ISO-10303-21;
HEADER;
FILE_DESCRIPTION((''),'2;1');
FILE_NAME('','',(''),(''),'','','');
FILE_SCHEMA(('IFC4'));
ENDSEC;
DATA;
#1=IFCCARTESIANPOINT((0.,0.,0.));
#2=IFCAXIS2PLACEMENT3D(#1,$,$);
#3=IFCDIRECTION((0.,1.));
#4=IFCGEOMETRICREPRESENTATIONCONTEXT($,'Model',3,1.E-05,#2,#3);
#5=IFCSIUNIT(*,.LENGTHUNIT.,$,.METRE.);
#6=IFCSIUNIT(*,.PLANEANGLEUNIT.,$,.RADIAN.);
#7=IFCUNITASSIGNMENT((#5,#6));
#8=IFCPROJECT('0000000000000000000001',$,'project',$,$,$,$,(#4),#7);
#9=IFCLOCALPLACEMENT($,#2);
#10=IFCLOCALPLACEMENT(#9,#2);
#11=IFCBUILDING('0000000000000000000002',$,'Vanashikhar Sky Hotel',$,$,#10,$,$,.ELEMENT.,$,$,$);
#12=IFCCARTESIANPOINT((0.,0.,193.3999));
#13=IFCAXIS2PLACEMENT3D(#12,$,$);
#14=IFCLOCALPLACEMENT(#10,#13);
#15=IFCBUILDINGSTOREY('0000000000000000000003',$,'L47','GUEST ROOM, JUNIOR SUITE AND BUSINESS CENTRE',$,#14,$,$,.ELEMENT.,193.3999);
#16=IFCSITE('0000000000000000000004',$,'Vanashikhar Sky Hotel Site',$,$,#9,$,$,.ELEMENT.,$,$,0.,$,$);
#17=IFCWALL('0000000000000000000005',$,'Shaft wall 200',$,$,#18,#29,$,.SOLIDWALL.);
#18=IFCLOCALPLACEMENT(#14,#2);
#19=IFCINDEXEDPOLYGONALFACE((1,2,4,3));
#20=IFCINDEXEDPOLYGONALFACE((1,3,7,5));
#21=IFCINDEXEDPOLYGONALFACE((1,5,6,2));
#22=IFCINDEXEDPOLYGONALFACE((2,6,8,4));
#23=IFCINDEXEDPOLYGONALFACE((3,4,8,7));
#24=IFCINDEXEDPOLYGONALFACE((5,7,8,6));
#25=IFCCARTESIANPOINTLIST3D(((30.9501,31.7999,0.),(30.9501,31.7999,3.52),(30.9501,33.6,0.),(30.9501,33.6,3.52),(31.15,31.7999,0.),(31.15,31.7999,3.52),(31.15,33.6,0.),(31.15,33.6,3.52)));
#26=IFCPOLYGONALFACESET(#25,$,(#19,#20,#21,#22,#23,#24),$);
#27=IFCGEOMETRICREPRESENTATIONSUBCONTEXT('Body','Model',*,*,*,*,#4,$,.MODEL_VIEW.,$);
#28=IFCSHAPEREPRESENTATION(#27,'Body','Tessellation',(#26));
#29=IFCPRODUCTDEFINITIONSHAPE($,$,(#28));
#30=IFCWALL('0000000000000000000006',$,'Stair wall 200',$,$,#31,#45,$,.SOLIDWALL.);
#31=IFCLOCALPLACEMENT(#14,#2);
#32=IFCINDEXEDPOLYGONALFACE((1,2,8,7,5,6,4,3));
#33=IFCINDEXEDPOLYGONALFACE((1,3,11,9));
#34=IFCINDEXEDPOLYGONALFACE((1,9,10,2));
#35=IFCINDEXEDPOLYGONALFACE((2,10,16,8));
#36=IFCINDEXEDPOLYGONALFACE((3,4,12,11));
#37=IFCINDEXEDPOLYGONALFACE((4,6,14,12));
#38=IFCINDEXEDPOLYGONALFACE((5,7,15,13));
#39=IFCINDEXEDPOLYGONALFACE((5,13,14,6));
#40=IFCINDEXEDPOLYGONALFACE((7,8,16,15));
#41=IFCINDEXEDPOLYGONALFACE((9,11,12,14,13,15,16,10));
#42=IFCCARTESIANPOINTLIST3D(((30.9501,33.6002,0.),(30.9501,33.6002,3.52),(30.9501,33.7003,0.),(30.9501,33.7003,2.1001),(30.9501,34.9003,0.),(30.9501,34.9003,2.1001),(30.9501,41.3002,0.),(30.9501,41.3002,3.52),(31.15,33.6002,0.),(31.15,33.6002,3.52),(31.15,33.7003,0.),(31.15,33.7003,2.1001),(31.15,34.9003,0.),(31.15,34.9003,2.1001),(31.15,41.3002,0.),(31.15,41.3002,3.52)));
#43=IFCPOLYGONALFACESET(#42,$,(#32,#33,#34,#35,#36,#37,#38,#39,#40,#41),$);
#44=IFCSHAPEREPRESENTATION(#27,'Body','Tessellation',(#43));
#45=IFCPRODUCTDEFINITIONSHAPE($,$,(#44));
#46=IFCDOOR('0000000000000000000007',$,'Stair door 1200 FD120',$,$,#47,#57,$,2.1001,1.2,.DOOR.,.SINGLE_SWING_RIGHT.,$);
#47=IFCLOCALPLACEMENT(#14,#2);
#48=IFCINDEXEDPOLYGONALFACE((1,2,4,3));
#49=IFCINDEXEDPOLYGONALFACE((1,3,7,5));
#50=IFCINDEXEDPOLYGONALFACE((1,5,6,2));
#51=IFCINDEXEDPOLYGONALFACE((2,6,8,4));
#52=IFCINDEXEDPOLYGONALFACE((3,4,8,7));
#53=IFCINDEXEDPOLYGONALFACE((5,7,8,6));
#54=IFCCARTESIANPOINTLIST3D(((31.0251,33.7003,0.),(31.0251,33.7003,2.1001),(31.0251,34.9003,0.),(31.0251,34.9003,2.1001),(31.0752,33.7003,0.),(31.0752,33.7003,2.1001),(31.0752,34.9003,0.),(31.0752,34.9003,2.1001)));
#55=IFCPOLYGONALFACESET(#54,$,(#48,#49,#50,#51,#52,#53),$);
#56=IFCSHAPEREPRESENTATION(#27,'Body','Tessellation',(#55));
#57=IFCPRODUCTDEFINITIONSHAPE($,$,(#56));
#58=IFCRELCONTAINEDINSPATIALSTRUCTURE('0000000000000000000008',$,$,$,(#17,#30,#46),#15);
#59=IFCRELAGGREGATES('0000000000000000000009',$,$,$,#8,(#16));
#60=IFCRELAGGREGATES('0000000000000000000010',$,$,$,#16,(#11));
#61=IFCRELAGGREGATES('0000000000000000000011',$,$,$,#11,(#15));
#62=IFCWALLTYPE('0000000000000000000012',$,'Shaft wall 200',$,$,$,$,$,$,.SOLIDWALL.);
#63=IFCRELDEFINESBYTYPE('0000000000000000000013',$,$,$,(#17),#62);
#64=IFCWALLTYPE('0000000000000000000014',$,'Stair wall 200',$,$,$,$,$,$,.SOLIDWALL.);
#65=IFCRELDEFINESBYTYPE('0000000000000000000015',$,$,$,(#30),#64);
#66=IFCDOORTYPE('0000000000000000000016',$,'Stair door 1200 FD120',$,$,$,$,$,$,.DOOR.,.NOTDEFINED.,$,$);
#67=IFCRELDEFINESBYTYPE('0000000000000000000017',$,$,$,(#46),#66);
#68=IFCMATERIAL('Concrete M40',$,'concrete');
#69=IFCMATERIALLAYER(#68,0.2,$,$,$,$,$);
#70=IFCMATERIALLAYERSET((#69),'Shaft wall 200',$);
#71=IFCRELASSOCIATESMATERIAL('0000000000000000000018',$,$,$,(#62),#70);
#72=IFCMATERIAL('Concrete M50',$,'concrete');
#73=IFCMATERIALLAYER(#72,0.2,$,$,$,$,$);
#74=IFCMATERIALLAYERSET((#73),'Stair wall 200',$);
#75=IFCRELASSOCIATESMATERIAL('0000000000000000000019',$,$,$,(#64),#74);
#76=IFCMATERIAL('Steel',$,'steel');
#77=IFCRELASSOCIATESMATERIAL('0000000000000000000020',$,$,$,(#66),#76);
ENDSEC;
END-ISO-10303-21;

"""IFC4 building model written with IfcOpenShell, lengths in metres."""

from ifc_helpers import new_model, si_unit, direction, frame, frame_2d, origin, place, context, subcontext, project, spatial, rectangle, extrude, source, transform, mapped, material, layer, layer_set, type_object, element, fill, save


model = new_model("IFC4")

# Units and contexts
model_context = context("Model", 3, precision=1e-05, world=origin(), true_north=direction((0.0, 1.0)))
body_context = subcontext(model_context, "Body", "Model", "MODEL_VIEW")
ifc_project = project(units=[si_unit("LENGTHUNIT", "METRE"), si_unit("PLANEANGLEUNIT", "RADIAN")], contexts=[model_context])

# Site, building, storey
site_placement = place(None, origin())
site = spatial("IfcSite", under=ifc_project, at=site_placement, Name="Vanashikhar Sky Hotel Site", CompositionType="ELEMENT", RefElevation=0.0)
building_placement = place(site_placement, origin())
building = spatial("IfcBuilding", under=site, at=building_placement, Name="Vanashikhar Sky Hotel", CompositionType="ELEMENT")
storey_placement = place(building_placement, frame((0.0, 0.0, 193.3999)))
storey = spatial("IfcBuildingStorey", under=building, at=storey_placement, Name="L47", Description="GUEST ROOM, JUNIOR SUITE AND BUSINESS CENTRE", CompositionType="ELEMENT", Elevation=193.3999)

# Shared definitions
ifc_material_1 = material(Name="Steel", Category="steel")

# Shared definitions
ifc_material_2 = material(Name="Concrete M40", Category="concrete")
ifc_layer_1 = layer(ifc_material_2, 0.2)
ifc_layer_set_1 = layer_set([ifc_layer_1], Name="Shaft wall 200")
wall_type_1 = type_object("IfcWallType", Name="Shaft wall 200", PredefinedType="SOLIDWALL", material=ifc_layer_set_1)

# Wall
shared_shape_1 = source(origin(), body_context, "Body", "SweptSolid", [
    extrude(rectangle(XDim=1.8, YDim=0.2, at=frame_2d((0.8999, 0.0))), origin(), (0.0, 0.0, 1.0), 3.52),
])
wall_1_placement = place(storey_placement, frame((31.05, 31.8, 0.0), z_axis=(0.0, 0.0, 1.0), x_axis=(0.0, 1.0, 0.0)))
element("IfcWall", 1, at=wall_1_placement, inside=storey, type_object=wall_type_1, Name="Shaft wall 200", PredefinedType="SOLIDWALL", context=body_context, shape_type="MappedRepresentation", body=[
    mapped(shared_shape_1, transform((0.0, 0.0, 0.0), scale=1.0)),
])

# Wall, opening, door
ifc_material_3 = material(Name="Concrete M50", Category="concrete")
ifc_layer_2 = layer(ifc_material_3, 0.2)
ifc_layer_set_2 = layer_set([ifc_layer_2], Name="Stair wall 200")
wall_type_2 = type_object("IfcWallType", Name="Stair wall 200", PredefinedType="SOLIDWALL", material=ifc_layer_set_2)
shared_shape_2 = source(origin(), body_context, "Body", "SweptSolid", [
    extrude(rectangle(XDim=7.7, YDim=0.2, at=frame_2d((3.8501, 0.0))), origin(), (0.0, 0.0, 1.0), 3.52),
])
wall_2_placement = place(storey_placement, frame((31.05, 33.6001, 0.0), z_axis=(0.0, 0.0, 1.0), x_axis=(0.0, 1.0, 0.0)))
wall_2 = element("IfcWall", 2, at=wall_2_placement, inside=storey, type_object=wall_type_2, Name="Stair wall 200", PredefinedType="SOLIDWALL", context=body_context, shape_type="MappedRepresentation", body=[
    mapped(shared_shape_2, transform((0.0, 0.0, 0.0), scale=1.0)),
])
shared_shape_3 = source(origin(), body_context, "Body", "SweptSolid", [
    extrude(rectangle(XDim=1.2, YDim=2.1001, at=frame_2d((0.6001, 1.05))), frame((0.0, 0.1099, 0.0), z_axis=(0.0, -1.0, 0.0), x_axis=(1.0, 0.0, 0.0)), (0.0, 0.0, 1.0), 0.22),
])
opening_1_placement = place(wall_2_placement, frame((0.1001, 0.0, 0.0)))
opening_1 = element("IfcOpeningElement", 3, at=opening_1_placement, cuts=wall_2, PredefinedType="OPENING", context=body_context, shape_type="MappedRepresentation", body=[
    mapped(shared_shape_3, transform((0.0, 0.0, 0.0), scale=1.0)),
])
door_type_1 = type_object("IfcDoorType", Name="Stair door 1200 FD120", OperationType="NOTDEFINED", PredefinedType="DOOR", material=ifc_material_1)
shared_shape_4 = source(origin(), body_context, "Body", "SweptSolid", [
    extrude(rectangle(XDim=1.2, YDim=2.1001, at=frame_2d((0.6001, 1.05))), frame((0.0, 0.0249, 0.0), z_axis=(0.0, -1.0, 0.0), x_axis=(1.0, 0.0, 0.0)), (0.0, 0.0, 1.0), 0.05),
])
door_1_placement = place(opening_1_placement, origin())
door_1 = element("IfcDoor", 4, at=door_1_placement, inside=storey, type_object=door_type_1, Name="Stair door 1200 FD120", OperationType="SINGLE_SWING_RIGHT", OverallHeight=2.1001, OverallWidth=1.2, PredefinedType="DOOR", context=body_context, shape_type="MappedRepresentation", body=[
    mapped(shared_shape_4, transform((0.0, 0.0, 0.0), scale=1.0)),
])
fill(opening_1, door_1)

save(model, "model.ifc")
